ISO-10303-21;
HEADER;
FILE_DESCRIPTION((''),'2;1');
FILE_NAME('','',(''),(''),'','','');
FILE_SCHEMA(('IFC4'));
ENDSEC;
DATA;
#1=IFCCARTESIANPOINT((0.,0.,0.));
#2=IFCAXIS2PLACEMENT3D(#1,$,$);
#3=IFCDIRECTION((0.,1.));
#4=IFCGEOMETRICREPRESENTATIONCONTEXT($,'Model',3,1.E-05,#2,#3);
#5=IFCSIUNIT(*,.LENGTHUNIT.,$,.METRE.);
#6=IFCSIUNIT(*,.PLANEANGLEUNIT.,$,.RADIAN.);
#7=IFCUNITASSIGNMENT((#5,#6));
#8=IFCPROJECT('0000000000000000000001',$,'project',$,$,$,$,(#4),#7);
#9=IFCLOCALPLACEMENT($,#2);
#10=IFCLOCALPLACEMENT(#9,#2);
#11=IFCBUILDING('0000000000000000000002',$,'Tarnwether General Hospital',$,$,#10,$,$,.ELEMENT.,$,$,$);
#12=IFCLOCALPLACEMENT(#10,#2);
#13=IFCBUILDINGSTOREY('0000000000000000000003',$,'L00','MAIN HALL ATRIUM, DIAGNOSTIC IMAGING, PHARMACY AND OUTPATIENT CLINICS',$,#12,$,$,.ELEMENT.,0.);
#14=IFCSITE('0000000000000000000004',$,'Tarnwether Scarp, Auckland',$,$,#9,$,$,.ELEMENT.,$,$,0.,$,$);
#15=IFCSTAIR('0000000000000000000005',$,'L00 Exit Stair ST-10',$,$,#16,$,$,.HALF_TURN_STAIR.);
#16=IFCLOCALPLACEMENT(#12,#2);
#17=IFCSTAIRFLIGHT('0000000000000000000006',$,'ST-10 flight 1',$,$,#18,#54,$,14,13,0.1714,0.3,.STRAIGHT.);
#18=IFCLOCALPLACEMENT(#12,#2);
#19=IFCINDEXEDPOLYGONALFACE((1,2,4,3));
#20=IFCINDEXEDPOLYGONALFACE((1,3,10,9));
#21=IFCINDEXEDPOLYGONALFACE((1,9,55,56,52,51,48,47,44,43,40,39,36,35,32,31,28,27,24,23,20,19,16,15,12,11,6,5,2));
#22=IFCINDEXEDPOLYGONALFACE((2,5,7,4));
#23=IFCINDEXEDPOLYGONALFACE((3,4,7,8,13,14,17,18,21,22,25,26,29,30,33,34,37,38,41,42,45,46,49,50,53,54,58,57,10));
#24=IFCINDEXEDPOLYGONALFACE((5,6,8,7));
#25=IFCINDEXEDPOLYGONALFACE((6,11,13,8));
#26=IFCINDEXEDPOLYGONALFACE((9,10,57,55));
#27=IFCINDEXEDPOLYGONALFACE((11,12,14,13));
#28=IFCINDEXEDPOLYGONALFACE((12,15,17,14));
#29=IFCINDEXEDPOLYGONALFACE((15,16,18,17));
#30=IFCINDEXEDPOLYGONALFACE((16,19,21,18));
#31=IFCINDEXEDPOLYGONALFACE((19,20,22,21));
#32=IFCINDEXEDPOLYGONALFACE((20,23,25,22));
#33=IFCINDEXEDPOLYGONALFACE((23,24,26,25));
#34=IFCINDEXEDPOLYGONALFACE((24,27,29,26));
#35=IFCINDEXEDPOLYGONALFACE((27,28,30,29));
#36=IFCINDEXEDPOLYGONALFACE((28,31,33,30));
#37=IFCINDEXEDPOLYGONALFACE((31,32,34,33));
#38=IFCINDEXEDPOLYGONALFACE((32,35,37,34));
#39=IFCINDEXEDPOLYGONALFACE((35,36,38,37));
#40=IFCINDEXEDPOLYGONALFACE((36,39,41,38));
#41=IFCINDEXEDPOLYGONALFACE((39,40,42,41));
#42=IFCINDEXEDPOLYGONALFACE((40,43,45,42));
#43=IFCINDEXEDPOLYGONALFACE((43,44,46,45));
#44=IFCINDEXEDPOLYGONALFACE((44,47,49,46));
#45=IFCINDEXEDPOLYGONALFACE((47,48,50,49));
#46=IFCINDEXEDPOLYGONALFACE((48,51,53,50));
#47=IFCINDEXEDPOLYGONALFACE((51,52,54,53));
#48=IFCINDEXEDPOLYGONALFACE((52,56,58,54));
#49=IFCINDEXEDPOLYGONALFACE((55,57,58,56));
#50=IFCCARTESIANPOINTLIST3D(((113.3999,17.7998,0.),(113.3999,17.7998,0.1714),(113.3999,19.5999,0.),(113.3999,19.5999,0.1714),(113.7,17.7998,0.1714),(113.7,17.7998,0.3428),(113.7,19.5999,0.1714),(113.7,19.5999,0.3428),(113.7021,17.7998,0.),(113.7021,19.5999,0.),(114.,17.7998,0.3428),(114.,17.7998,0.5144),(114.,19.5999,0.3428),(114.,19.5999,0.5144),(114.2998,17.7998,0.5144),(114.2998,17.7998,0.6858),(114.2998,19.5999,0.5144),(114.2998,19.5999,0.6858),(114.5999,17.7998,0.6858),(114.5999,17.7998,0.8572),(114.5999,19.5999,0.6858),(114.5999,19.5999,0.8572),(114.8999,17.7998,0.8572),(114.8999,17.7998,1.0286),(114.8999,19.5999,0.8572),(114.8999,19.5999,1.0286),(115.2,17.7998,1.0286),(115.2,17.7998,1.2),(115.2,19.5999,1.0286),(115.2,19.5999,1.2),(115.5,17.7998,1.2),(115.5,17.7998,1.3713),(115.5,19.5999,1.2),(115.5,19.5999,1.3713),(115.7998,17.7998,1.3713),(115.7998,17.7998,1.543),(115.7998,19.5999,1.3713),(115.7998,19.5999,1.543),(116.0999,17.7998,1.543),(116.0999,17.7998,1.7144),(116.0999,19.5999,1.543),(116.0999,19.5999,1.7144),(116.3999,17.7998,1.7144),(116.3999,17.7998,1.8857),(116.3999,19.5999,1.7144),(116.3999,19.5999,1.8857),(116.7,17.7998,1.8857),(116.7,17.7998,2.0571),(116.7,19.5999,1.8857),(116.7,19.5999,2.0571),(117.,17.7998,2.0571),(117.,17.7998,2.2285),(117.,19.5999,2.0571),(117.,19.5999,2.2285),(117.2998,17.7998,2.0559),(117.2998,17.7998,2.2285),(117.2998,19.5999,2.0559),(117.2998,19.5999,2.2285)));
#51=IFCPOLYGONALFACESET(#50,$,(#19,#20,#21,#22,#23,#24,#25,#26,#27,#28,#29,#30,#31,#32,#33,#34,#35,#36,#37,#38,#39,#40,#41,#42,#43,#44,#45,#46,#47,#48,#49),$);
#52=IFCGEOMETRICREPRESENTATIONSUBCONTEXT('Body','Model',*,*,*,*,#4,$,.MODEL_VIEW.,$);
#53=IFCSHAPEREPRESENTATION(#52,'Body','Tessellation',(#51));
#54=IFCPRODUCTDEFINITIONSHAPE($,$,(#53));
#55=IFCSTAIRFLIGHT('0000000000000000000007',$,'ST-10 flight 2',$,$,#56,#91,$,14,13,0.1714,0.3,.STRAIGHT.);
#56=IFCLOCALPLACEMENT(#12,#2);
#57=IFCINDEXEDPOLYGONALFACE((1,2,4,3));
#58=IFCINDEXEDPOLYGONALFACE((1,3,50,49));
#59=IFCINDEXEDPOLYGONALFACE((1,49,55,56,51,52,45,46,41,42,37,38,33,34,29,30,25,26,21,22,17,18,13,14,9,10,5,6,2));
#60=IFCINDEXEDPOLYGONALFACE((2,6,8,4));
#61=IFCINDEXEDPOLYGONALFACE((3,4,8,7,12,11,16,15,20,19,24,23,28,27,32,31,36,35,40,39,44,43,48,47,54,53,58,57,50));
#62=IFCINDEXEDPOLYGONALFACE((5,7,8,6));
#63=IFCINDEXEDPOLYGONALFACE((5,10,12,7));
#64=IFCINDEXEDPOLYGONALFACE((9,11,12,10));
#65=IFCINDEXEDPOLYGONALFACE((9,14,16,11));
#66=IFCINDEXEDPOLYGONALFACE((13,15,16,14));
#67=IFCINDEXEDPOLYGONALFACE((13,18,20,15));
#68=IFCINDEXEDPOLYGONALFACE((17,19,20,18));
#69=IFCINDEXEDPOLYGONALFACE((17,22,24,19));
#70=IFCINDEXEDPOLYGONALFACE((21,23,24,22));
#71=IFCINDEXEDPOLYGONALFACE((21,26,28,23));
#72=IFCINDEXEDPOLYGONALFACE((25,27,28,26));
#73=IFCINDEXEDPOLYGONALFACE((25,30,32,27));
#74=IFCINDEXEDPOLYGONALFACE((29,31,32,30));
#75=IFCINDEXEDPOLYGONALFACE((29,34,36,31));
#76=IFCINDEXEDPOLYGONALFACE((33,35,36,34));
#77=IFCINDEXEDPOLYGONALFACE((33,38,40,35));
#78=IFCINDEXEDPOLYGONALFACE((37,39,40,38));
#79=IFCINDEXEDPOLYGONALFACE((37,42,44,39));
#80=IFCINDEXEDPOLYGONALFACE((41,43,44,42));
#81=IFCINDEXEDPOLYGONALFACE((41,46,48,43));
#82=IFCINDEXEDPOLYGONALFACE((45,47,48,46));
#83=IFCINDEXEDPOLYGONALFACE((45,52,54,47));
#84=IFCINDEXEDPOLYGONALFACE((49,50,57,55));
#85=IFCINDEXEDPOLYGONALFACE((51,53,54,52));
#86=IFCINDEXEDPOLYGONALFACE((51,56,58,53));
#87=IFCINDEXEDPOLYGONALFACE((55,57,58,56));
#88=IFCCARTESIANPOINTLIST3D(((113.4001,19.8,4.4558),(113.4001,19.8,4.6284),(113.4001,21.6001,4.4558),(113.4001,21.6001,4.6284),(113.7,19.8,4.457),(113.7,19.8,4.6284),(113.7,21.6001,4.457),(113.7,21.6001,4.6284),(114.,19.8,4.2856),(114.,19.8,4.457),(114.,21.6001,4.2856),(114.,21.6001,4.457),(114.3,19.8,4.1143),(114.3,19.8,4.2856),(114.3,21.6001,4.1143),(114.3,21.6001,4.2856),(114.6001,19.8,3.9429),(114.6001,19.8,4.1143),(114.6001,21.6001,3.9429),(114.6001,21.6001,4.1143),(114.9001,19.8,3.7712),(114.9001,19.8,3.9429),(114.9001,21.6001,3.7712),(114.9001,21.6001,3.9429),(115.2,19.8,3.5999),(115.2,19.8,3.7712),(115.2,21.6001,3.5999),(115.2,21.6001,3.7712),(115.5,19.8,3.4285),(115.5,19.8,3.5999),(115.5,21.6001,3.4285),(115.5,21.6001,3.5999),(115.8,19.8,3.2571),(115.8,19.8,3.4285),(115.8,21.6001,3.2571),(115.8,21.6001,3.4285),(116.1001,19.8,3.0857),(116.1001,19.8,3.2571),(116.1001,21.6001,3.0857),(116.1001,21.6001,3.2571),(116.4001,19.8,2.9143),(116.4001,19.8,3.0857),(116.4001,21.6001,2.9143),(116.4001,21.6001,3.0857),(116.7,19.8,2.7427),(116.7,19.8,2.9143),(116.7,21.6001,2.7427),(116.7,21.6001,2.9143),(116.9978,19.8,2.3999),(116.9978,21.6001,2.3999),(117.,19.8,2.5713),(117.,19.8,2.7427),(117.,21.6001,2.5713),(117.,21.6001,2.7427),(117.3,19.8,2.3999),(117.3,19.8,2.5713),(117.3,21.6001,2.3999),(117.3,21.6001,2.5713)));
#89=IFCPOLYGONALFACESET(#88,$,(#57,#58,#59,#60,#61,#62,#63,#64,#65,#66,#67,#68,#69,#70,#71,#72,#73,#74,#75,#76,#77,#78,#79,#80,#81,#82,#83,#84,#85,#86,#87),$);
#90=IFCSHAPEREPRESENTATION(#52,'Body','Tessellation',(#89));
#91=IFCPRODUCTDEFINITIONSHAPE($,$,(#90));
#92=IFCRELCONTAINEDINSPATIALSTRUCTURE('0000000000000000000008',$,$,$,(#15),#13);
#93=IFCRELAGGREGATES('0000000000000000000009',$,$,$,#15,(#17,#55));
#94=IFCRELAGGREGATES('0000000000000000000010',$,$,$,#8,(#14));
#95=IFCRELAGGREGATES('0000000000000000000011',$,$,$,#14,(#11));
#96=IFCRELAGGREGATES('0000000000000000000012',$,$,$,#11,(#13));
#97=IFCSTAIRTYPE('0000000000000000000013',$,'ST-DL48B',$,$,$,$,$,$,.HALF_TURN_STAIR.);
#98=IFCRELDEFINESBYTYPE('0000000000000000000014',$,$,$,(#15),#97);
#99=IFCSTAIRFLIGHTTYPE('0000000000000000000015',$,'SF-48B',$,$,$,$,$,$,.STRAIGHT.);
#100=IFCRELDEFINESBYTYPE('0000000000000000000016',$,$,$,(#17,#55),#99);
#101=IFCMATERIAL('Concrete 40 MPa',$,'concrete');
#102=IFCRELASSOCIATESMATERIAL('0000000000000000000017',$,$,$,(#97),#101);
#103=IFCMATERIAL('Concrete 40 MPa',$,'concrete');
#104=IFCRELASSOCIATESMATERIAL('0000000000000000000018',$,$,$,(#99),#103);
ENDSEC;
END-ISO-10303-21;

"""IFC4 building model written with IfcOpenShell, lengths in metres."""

from ifc_helpers import new_model, si_unit, direction, frame, origin, place, context, subcontext, project, spatial, polyline, outline, extrude, material, type_object, element, aggregate, save


model = new_model("IFC4")

# Units and contexts
model_context = context("Model", 3, precision=1e-05, world=origin(), true_north=direction((0.0, 1.0)))
body_context = subcontext(model_context, "Body", "Model", "MODEL_VIEW")
ifc_project = project(units=[si_unit("LENGTHUNIT", "METRE"), si_unit("PLANEANGLEUNIT", "RADIAN")], contexts=[model_context])

# Site, building, storey
site_placement = place(None, origin())
site = spatial("IfcSite", under=ifc_project, at=site_placement, Name="Tarnwether Scarp, Auckland", CompositionType="ELEMENT", RefElevation=0.0)
building_placement = place(site_placement, origin())
building = spatial("IfcBuilding", under=site, at=building_placement, Name="Tarnwether General Hospital", CompositionType="ELEMENT")
storey_placement = place(building_placement, origin())
storey = spatial("IfcBuildingStorey", under=building, at=storey_placement, Name="L00", Description="MAIN HALL ATRIUM, DIAGNOSTIC IMAGING, PHARMACY AND OUTPATIENT CLINICS", CompositionType="ELEMENT", Elevation=0.0)

# Stair, stair flights
ifc_material_1 = material(Name="Concrete 40 MPa", Category="concrete")
stair_type = type_object("IfcStairType", Name="ST-DL48B", PredefinedType="HALF_TURN_STAIR", material=ifc_material_1)
stair_placement = place(storey_placement, origin())
stair = element("IfcStair", 1, at=stair_placement, inside=storey, type_object=stair_type, Name="L00 Exit Stair ST-10", PredefinedType="HALF_TURN_STAIR")
ifc_material_2 = material(Name="Concrete 40 MPa", Category="concrete")
stair_flight_type = type_object("IfcStairFlightType", Name="SF-48B", PredefinedType="STRAIGHT", material=ifc_material_2)
stair_flight_1_placement = place(storey_placement, frame((113.3999, 18.7, 0.0), z_axis=(0.0, 0.0, 1.0), x_axis=(1.0, 0.0, 0.0)))
stair_flight_1 = element("IfcStairFlight", 2, at=stair_flight_1_placement, type_object=stair_flight_type, Name="ST-10 flight 1", NumberOfRisers=14, NumberOfTreads=13, PredefinedType="STRAIGHT", RiserHeight=0.1714, TreadLength=0.3, context=body_context, shape_type="SweptSolid", body=[
    extrude(outline(polyline([(0.0, 0.0), (0.0, 0.1714), (0.3, 0.1714), (0.3, 0.3428), (0.6001, 0.3428), (0.6001, 0.5144), (0.8999, 0.5144), (0.8999, 0.6858), (1.2, 0.6858), (1.2, 0.8572), (1.5, 0.8572), (1.5, 1.0286), (1.8, 1.0286), (1.8, 1.2), (2.1001, 1.2), (2.1001, 1.3713), (2.3999, 1.3713), (2.3999, 1.543), (2.7, 1.543), (2.7, 1.7144), (3.0, 1.7144), (3.0, 1.8857), (3.3, 1.8857), (3.3, 2.0571), (3.6001, 2.0571), (3.6001, 2.2285), (3.8999, 2.2285), (3.8999, 2.3999), (3.8999, 2.0559), (0.3022, 0.0), (0.0, 0.0)])), frame((0.0, 0.8999, 0.0), z_axis=(0.0, -1.0, 0.0), x_axis=(1.0, 0.0, 0.0)), (0.0, 0.0, 1.0), 1.8),
])
stair_flight_2_placement = place(storey_placement, frame((117.3, 20.7, 2.3999), z_axis=(0.0, 0.0, 1.0), x_axis=(-1.0, 0.0, 0.0)))
stair_flight_2 = element("IfcStairFlight", 3, at=stair_flight_2_placement, type_object=stair_flight_type, Name="ST-10 flight 2", NumberOfRisers=14, NumberOfTreads=13, PredefinedType="STRAIGHT", RiserHeight=0.1714, TreadLength=0.3, context=body_context, shape_type="SweptSolid", body=[
    extrude(outline(polyline([(0.0, 0.0), (0.0, 0.1714), (0.3, 0.1714), (0.3, 0.3428), (0.6001, 0.3428), (0.6001, 0.5144), (0.8999, 0.5144), (0.8999, 0.6858), (1.2, 0.6858), (1.2, 0.8572), (1.5, 0.8572), (1.5, 1.0286), (1.8, 1.0286), (1.8, 1.2), (2.1001, 1.2), (2.1001, 1.3713), (2.3999, 1.3713), (2.3999, 1.543), (2.7, 1.543), (2.7, 1.7144), (3.0, 1.7144), (3.0, 1.8857), (3.3, 1.8857), (3.3, 2.0571), (3.6001, 2.0571), (3.6001, 2.2285), (3.8999, 2.2285), (3.8999, 2.3999), (3.8999, 2.0559), (0.3022, 0.0), (0.0, 0.0)])), frame((0.0, 0.8999, 0.0), z_axis=(0.0, -1.0, 0.0), x_axis=(1.0, 0.0, 0.0)), (0.0, 0.0, 1.0), 1.8),
])
aggregate(stair, [stair_flight_1, stair_flight_2])

save(model, "model.ifc")
